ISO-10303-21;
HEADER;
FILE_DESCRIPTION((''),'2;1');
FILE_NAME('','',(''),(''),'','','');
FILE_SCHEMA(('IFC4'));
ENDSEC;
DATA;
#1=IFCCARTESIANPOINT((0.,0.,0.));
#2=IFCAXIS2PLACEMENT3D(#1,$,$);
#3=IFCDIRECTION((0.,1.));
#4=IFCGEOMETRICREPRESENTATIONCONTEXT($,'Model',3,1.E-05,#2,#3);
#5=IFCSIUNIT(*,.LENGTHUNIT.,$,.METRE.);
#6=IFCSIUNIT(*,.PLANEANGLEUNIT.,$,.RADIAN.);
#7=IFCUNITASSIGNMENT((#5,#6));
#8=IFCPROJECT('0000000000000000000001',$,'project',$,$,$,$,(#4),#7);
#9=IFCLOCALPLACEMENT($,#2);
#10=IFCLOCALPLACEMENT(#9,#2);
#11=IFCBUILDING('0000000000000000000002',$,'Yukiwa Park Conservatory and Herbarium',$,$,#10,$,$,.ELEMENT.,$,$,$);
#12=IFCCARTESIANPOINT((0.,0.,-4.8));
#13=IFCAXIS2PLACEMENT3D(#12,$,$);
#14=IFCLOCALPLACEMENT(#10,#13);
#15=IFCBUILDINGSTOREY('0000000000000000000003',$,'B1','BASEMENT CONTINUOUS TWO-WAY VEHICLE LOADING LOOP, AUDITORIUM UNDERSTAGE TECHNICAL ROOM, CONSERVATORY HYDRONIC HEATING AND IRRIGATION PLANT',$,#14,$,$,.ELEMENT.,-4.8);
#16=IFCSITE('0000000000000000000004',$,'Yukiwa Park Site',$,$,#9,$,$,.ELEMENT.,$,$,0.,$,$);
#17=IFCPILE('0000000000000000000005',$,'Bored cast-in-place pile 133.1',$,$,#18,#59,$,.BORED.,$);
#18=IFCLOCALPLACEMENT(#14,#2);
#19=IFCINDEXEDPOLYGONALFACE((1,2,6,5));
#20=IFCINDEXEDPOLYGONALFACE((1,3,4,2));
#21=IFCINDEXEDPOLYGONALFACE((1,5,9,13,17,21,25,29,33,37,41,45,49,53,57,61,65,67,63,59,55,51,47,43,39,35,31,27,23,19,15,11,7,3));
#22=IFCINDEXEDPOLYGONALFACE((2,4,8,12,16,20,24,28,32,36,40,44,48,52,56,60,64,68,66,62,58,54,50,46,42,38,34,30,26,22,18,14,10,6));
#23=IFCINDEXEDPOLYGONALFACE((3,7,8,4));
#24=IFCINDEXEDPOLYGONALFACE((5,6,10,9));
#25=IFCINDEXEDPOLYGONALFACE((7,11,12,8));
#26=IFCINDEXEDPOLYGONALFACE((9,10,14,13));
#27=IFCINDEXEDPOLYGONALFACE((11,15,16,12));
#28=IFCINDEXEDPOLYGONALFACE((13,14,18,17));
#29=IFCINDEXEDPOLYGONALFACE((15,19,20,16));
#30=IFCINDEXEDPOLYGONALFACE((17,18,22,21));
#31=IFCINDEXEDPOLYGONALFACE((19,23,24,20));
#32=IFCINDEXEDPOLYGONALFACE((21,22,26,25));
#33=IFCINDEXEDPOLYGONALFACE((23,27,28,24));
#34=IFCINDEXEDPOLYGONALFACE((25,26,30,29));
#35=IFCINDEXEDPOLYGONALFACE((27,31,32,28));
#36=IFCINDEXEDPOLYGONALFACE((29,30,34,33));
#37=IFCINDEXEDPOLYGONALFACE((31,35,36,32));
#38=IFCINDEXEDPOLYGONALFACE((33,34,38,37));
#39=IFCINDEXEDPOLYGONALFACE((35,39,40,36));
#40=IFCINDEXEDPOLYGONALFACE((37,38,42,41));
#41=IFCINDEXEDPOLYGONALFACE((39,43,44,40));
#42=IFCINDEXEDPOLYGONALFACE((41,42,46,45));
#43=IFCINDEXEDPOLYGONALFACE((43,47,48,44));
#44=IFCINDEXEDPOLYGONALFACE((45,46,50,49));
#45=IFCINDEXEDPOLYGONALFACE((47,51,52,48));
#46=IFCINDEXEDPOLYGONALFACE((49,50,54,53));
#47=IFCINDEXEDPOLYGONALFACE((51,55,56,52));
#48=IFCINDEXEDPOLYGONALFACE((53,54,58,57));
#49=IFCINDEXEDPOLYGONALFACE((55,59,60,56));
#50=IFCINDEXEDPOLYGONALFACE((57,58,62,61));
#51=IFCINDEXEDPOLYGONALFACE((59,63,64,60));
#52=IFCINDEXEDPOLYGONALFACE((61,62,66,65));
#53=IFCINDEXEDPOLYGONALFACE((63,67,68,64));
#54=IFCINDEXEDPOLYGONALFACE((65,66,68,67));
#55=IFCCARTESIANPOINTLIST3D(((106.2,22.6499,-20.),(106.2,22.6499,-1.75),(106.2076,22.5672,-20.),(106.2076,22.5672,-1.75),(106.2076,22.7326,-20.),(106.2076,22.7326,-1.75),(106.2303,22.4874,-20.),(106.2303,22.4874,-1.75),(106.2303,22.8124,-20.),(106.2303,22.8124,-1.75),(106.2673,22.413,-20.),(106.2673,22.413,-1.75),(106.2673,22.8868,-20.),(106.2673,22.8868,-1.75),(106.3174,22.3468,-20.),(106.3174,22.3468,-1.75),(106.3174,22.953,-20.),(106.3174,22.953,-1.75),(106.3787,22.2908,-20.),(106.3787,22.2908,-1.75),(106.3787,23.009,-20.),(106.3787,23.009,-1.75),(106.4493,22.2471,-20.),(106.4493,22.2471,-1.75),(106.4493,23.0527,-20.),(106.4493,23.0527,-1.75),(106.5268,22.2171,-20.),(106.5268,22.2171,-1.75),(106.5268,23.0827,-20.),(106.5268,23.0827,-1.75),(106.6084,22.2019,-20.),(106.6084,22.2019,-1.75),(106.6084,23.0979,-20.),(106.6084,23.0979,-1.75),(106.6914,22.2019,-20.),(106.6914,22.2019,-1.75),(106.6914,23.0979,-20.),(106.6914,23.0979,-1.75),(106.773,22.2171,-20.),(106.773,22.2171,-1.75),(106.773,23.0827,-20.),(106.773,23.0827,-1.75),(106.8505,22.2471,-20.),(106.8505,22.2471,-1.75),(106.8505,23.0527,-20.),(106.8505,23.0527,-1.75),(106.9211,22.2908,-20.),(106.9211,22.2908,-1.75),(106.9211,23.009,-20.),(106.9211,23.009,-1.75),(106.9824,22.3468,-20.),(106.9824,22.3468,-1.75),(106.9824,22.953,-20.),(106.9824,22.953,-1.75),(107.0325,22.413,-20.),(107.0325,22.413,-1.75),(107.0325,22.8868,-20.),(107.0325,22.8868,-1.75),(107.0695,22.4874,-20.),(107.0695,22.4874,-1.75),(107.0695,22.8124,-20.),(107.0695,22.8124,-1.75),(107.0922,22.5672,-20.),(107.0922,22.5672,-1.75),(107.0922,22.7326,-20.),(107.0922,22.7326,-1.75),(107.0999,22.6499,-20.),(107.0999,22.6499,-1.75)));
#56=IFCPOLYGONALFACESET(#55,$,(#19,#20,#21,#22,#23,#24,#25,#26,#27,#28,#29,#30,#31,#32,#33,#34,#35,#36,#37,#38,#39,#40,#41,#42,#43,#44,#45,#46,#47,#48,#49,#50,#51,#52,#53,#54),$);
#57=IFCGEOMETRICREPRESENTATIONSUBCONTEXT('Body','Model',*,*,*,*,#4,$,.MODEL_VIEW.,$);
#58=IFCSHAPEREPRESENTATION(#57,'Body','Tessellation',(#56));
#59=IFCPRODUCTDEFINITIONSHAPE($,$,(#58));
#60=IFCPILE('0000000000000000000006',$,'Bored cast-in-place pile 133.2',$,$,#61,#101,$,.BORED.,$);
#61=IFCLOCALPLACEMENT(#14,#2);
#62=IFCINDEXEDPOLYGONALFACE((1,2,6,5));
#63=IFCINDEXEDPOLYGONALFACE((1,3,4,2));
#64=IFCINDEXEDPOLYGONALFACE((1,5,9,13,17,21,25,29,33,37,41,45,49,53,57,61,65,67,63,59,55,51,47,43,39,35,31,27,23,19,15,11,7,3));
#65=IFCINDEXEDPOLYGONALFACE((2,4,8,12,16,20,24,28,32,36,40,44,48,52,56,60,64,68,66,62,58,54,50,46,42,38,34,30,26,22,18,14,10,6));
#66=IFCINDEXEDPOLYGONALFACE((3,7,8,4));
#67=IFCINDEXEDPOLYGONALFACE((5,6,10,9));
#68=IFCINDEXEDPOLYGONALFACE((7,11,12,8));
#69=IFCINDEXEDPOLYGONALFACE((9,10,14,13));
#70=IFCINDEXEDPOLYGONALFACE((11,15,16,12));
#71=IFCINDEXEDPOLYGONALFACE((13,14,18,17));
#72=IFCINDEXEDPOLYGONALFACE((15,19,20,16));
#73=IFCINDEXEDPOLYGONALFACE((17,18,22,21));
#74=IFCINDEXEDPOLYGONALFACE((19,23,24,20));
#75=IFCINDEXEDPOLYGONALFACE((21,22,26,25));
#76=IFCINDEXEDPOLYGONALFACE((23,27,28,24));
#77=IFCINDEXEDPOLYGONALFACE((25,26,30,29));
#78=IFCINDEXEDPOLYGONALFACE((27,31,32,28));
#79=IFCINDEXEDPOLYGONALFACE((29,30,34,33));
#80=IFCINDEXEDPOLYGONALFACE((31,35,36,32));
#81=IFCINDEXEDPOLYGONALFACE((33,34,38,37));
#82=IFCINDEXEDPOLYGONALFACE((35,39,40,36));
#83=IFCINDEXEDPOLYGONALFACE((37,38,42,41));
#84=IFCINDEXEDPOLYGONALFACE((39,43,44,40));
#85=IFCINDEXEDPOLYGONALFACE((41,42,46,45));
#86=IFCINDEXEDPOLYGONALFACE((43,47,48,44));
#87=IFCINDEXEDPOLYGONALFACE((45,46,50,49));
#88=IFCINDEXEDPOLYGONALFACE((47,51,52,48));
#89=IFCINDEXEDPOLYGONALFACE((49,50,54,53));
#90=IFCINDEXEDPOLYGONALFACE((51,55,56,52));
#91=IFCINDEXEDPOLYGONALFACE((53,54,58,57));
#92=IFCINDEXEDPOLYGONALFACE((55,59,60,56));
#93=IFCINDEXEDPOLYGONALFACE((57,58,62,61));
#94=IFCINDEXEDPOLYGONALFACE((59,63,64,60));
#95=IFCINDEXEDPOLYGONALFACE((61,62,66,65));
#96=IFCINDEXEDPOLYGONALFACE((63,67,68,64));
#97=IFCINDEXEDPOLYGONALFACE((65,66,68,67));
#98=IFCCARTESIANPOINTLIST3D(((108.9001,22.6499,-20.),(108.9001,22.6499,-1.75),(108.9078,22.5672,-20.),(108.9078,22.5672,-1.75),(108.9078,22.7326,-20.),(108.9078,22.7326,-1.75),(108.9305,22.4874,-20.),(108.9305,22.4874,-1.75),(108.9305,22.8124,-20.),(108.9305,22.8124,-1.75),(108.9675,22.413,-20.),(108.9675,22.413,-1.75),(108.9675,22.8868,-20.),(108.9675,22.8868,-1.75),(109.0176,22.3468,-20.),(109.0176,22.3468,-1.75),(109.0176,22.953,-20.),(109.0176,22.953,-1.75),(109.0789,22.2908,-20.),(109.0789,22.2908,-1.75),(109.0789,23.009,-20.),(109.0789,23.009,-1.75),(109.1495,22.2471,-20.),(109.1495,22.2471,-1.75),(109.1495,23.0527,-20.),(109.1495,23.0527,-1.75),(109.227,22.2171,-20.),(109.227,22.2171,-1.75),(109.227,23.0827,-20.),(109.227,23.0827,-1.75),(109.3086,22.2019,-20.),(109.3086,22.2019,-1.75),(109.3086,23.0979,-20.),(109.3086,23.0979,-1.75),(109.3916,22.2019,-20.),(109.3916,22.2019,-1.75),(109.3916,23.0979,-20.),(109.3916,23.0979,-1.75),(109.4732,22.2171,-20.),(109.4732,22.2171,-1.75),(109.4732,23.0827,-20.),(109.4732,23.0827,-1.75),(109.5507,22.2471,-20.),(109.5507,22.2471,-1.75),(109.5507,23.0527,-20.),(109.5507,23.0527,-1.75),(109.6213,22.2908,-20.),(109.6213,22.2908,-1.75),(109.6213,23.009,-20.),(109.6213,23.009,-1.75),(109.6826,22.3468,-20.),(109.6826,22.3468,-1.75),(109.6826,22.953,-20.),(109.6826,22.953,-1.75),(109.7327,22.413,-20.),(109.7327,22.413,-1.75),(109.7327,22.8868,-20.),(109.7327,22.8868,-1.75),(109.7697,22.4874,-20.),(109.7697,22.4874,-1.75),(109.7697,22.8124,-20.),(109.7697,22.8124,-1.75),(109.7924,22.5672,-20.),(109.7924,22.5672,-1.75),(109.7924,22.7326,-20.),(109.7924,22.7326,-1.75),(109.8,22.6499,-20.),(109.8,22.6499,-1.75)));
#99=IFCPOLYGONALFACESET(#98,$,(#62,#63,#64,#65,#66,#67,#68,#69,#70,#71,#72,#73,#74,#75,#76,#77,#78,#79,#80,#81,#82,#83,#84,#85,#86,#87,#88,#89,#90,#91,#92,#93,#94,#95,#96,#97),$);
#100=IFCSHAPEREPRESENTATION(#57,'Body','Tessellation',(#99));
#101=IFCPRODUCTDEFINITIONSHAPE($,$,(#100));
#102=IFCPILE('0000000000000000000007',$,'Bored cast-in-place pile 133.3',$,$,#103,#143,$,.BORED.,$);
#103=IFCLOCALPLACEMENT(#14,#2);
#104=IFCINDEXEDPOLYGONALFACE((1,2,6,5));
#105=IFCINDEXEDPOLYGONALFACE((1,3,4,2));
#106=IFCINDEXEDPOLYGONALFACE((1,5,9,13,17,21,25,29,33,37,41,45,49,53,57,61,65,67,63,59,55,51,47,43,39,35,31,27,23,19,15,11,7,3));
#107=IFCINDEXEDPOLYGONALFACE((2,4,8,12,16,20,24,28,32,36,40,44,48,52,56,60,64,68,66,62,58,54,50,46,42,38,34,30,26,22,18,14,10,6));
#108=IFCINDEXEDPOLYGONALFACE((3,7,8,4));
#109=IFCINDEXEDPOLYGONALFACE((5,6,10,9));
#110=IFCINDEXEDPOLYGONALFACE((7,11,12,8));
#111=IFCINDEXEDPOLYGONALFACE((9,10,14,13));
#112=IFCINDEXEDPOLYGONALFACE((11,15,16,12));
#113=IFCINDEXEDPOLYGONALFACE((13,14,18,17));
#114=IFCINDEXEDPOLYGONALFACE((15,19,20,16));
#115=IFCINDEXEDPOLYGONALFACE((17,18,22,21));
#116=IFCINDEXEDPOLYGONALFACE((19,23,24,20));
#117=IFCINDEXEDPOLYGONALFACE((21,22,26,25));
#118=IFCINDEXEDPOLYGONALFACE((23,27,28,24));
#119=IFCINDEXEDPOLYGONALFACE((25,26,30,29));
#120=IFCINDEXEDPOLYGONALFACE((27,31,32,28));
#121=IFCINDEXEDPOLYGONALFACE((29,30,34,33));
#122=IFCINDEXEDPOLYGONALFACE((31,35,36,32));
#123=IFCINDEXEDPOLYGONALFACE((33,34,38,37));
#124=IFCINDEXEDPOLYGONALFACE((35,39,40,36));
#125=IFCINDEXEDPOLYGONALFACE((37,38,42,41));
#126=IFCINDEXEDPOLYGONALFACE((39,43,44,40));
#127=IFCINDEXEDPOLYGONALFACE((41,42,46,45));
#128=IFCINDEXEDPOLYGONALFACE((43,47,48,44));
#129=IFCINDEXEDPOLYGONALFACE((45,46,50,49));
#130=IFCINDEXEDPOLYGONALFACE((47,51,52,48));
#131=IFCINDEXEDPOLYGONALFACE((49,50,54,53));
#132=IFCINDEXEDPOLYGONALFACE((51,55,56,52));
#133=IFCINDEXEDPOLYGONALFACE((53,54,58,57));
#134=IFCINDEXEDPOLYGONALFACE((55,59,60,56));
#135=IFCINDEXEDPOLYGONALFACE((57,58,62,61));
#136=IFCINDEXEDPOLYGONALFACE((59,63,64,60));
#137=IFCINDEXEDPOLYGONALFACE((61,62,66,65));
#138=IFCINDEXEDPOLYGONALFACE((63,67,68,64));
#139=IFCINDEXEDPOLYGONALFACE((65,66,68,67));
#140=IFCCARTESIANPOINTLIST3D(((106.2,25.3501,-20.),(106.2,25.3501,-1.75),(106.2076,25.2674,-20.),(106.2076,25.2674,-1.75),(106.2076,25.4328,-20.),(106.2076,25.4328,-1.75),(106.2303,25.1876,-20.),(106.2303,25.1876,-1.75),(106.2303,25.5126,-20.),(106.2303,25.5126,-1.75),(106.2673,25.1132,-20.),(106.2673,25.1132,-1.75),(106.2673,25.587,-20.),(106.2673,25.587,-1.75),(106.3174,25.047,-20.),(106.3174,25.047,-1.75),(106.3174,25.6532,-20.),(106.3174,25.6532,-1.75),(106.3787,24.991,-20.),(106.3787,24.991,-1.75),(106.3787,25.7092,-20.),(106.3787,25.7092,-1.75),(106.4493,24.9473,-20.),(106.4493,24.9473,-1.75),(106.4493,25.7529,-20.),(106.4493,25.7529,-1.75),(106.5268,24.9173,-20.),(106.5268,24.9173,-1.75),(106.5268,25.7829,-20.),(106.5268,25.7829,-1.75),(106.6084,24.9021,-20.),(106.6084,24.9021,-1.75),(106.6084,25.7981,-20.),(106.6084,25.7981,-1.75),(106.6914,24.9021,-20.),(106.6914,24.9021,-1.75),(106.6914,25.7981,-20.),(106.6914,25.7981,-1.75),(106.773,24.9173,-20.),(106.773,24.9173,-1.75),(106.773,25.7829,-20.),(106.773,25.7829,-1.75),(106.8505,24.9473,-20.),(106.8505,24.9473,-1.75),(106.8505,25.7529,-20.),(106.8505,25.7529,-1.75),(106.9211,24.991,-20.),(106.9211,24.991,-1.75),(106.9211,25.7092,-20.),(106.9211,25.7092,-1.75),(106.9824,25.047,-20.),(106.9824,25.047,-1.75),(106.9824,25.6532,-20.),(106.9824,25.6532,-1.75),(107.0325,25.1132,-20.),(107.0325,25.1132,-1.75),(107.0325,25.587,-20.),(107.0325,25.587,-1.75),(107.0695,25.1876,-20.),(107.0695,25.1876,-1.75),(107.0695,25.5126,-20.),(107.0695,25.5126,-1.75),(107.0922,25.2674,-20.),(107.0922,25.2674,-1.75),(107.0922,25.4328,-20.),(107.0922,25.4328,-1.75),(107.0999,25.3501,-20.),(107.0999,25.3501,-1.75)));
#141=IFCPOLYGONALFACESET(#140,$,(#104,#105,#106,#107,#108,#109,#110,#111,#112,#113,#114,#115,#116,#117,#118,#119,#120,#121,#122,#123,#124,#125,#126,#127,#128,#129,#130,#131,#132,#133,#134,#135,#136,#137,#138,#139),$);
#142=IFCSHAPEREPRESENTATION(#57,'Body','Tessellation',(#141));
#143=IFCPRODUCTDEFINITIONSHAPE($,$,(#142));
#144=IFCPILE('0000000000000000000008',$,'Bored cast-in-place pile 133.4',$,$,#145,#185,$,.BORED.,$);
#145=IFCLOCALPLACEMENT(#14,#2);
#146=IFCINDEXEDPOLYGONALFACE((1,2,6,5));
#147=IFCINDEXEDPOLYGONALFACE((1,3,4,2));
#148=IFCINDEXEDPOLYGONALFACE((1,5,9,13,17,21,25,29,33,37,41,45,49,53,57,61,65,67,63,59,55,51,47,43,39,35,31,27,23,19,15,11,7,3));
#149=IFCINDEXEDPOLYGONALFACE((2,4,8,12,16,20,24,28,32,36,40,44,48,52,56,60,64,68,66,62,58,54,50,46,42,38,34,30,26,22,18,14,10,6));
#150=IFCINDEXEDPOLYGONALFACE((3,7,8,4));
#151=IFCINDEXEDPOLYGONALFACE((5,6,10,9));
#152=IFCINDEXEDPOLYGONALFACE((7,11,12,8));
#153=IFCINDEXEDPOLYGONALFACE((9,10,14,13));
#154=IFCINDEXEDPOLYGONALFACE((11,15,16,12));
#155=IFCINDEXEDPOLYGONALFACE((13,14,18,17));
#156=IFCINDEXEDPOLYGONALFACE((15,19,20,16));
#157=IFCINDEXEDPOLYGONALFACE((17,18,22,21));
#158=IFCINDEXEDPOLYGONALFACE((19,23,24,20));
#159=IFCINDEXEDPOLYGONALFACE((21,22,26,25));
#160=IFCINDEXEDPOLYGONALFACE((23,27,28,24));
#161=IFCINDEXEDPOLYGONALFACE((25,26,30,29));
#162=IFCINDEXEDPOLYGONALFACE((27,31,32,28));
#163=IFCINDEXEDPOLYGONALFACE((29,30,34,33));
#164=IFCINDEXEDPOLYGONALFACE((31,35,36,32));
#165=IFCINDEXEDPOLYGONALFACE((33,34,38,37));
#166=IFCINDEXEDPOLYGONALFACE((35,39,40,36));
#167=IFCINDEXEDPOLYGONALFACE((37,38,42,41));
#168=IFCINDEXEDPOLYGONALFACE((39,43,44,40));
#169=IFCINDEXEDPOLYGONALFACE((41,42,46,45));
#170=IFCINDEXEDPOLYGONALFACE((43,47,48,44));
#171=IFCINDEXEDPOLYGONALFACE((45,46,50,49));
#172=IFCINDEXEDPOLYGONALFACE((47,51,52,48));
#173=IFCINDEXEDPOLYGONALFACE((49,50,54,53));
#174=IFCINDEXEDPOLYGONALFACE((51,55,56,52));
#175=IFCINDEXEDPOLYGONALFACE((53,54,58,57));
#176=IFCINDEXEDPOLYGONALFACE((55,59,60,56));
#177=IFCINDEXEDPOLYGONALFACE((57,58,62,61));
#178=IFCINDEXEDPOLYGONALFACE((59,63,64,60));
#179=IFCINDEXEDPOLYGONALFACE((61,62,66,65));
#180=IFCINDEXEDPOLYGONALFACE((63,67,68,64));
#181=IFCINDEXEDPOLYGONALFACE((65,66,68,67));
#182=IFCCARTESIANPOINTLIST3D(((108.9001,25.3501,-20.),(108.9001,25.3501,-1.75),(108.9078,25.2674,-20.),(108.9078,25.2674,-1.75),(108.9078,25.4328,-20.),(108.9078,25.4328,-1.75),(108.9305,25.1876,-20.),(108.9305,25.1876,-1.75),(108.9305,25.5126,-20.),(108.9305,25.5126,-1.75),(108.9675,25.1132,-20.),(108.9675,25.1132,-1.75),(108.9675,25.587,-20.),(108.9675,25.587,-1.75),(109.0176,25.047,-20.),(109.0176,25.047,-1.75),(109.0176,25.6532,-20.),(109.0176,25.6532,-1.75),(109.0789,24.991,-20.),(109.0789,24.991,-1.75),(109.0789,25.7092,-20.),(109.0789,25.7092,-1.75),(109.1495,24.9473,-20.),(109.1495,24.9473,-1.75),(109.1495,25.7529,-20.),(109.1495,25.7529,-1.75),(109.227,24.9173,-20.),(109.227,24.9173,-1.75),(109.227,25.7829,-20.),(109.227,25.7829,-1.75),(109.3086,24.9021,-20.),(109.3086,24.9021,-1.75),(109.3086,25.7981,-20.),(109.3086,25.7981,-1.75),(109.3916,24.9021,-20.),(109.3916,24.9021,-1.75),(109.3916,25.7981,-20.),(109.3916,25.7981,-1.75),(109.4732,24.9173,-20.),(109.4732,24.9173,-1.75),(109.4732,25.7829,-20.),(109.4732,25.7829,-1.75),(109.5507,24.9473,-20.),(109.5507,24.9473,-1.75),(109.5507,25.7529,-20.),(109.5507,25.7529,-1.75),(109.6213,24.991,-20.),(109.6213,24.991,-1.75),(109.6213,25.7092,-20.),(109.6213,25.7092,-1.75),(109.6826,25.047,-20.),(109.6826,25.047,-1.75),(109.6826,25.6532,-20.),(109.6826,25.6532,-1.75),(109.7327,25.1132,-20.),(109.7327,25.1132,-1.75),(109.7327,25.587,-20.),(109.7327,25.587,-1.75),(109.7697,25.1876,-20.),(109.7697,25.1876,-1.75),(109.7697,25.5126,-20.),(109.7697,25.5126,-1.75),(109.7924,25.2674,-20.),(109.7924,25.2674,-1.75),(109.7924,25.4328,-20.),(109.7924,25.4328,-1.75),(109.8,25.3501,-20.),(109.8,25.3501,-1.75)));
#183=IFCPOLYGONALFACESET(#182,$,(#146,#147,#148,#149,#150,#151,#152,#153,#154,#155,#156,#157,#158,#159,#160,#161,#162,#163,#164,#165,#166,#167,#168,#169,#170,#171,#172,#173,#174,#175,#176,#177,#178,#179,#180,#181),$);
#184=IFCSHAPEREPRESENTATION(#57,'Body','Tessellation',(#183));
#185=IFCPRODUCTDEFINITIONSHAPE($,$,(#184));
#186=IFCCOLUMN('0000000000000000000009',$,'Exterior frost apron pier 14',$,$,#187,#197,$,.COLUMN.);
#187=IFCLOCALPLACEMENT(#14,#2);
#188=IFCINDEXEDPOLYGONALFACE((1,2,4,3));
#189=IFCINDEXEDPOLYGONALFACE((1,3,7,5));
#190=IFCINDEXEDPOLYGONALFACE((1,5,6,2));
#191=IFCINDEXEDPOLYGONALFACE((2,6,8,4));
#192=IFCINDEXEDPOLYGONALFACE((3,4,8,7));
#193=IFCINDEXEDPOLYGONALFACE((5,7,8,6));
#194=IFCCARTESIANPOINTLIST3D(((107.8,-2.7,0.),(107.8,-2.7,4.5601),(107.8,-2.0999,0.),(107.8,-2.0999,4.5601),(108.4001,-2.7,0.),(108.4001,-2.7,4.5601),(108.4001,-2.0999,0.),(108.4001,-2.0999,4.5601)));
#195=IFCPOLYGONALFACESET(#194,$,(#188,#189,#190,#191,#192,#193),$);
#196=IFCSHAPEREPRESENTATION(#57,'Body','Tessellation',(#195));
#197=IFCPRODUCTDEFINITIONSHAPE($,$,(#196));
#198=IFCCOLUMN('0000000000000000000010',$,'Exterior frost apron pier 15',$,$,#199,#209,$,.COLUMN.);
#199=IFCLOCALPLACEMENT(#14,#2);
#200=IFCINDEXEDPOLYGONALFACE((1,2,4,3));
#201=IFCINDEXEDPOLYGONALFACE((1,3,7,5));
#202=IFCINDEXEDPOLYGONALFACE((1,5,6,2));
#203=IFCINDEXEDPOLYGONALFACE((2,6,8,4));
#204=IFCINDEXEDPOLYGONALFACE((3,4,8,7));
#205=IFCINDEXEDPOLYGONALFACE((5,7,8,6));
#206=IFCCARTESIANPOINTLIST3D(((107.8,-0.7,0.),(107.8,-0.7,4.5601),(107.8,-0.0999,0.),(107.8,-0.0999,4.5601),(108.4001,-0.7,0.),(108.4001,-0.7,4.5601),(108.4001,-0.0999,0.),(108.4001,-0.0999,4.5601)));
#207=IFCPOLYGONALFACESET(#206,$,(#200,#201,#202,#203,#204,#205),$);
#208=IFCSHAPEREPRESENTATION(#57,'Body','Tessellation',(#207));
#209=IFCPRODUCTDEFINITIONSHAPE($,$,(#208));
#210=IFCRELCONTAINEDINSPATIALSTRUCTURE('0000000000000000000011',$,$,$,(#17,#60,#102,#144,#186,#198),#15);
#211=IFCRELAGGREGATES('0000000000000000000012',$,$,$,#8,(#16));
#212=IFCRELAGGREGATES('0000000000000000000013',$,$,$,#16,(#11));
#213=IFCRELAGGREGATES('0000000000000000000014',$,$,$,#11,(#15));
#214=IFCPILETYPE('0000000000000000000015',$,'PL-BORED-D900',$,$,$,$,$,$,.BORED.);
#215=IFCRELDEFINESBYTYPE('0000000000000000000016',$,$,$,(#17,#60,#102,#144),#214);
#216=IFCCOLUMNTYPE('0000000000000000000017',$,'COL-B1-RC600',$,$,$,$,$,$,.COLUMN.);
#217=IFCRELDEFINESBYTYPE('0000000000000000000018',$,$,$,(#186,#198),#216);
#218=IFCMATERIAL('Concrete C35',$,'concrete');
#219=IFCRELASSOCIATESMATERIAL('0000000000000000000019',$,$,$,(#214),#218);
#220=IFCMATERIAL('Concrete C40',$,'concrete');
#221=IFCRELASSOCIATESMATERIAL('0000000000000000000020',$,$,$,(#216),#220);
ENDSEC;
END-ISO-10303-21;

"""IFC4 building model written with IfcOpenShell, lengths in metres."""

from ifc_helpers import new_model, si_unit, direction, frame, origin, origin_2d, place, context, subcontext, project, spatial, rectangle, circle, extrude, material, material_profile, profile_set, type_object, element, save


model = new_model("IFC4")

# Units and contexts
model_context = context("Model", 3, precision=1e-05, world=origin(), true_north=direction((0.0, 1.0)))
body_context = subcontext(model_context, "Body", "Model", "MODEL_VIEW")
ifc_project = project(units=[si_unit("LENGTHUNIT", "METRE"), si_unit("PLANEANGLEUNIT", "RADIAN")], contexts=[model_context])

# Site, building, storey
site_placement = place(None, origin())
site = spatial("IfcSite", under=ifc_project, at=site_placement, Name="Yukiwa Park Site", CompositionType="ELEMENT", RefElevation=0.0)
building_placement = place(site_placement, origin())
building = spatial("IfcBuilding", under=site, at=building_placement, Name="Yukiwa Park Conservatory and Herbarium", CompositionType="ELEMENT")
storey_placement = place(building_placement, frame((0.0, 0.0, -4.8)))
storey = spatial("IfcBuildingStorey", under=building, at=storey_placement, Name="B1", Description="BASEMENT CONTINUOUS TWO-WAY VEHICLE LOADING LOOP, AUDITORIUM UNDERSTAGE TECHNICAL ROOM, CONSERVATORY HYDRONIC HEATING AND IRRIGATION PLANT", CompositionType="ELEMENT", Elevation=-4.8)

# Piles
ifc_material_1 = material(Name="Concrete C35", Category="concrete")
ifc_material_profile_1 = material_profile(ifc_material_1, circle(Radius=0.45, at=origin_2d()), Name="PILE D900")
ifc_profile_set_1 = profile_set([ifc_material_profile_1], Name="Concrete C35")
pile_type_1 = type_object("IfcPileType", Name="PL-BORED-D900", PredefinedType="BORED", material=ifc_profile_set_1)
for number, where, z_axis, x_axis, name in (
    (1, (106.6499, 22.6499, -1.75), (0.0, 0.0, -1.0), (1.0, 0.0, 0.0), "Bored cast-in-place pile 133.1"),
    (2, (109.3501, 22.6499, -1.75), (0.0, 0.0, -1.0), (1.0, 0.0, 0.0), "Bored cast-in-place pile 133.2"),
    (3, (106.6499, 25.3501, -1.75), (0.0, 0.0, -1.0), (1.0, 0.0, 0.0), "Bored cast-in-place pile 133.3"),
    (4, (109.3501, 25.3501, -1.75), (0.0, 0.0, -1.0), (1.0, 0.0, 0.0), "Bored cast-in-place pile 133.4"),
):
    element("IfcPile", number, at=place(storey_placement, frame(where, z_axis=z_axis, x_axis=x_axis)), inside=storey, type_object=pile_type_1, Name=name, PredefinedType="BORED", context=body_context, shape_type="SweptSolid", body=[
        extrude(circle(Radius=0.45, at=origin_2d()), origin(), (0.0, 0.0, 1.0), 18.25),
    ])

# Columns
ifc_material_2 = material(Name="Concrete C40", Category="concrete")
ifc_material_profile_2 = material_profile(ifc_material_2, rectangle(XDim=0.6001, YDim=0.6001, at=origin_2d()), Name="RC 600x600")
ifc_profile_set_2 = profile_set([ifc_material_profile_2], Name="Concrete C40")
column_type_1 = type_object("IfcColumnType", Name="COL-B1-RC600", PredefinedType="COLUMN", material=ifc_profile_set_2)
for number, where, z_axis, x_axis, name in (
    (5, (108.1001, -2.3999, 0.0), (0.0, 0.0, 1.0), (1.0, 0.0, 0.0), "Exterior frost apron pier 14"),
    (6, (108.1001, -0.3999, 0.0), (0.0, 0.0, 1.0), (1.0, 0.0, 0.0), "Exterior frost apron pier 15"),
):
    element("IfcColumn", number, at=place(storey_placement, frame(where, z_axis=z_axis, x_axis=x_axis)), inside=storey, type_object=column_type_1, Name=name, PredefinedType="COLUMN", context=body_context, shape_type="SweptSolid", body=[
        extrude(rectangle(XDim=0.6001, YDim=0.6001, at=origin_2d()), origin(), (0.0, 0.0, 1.0), 4.5601),
    ])

save(model, "model.ifc")
